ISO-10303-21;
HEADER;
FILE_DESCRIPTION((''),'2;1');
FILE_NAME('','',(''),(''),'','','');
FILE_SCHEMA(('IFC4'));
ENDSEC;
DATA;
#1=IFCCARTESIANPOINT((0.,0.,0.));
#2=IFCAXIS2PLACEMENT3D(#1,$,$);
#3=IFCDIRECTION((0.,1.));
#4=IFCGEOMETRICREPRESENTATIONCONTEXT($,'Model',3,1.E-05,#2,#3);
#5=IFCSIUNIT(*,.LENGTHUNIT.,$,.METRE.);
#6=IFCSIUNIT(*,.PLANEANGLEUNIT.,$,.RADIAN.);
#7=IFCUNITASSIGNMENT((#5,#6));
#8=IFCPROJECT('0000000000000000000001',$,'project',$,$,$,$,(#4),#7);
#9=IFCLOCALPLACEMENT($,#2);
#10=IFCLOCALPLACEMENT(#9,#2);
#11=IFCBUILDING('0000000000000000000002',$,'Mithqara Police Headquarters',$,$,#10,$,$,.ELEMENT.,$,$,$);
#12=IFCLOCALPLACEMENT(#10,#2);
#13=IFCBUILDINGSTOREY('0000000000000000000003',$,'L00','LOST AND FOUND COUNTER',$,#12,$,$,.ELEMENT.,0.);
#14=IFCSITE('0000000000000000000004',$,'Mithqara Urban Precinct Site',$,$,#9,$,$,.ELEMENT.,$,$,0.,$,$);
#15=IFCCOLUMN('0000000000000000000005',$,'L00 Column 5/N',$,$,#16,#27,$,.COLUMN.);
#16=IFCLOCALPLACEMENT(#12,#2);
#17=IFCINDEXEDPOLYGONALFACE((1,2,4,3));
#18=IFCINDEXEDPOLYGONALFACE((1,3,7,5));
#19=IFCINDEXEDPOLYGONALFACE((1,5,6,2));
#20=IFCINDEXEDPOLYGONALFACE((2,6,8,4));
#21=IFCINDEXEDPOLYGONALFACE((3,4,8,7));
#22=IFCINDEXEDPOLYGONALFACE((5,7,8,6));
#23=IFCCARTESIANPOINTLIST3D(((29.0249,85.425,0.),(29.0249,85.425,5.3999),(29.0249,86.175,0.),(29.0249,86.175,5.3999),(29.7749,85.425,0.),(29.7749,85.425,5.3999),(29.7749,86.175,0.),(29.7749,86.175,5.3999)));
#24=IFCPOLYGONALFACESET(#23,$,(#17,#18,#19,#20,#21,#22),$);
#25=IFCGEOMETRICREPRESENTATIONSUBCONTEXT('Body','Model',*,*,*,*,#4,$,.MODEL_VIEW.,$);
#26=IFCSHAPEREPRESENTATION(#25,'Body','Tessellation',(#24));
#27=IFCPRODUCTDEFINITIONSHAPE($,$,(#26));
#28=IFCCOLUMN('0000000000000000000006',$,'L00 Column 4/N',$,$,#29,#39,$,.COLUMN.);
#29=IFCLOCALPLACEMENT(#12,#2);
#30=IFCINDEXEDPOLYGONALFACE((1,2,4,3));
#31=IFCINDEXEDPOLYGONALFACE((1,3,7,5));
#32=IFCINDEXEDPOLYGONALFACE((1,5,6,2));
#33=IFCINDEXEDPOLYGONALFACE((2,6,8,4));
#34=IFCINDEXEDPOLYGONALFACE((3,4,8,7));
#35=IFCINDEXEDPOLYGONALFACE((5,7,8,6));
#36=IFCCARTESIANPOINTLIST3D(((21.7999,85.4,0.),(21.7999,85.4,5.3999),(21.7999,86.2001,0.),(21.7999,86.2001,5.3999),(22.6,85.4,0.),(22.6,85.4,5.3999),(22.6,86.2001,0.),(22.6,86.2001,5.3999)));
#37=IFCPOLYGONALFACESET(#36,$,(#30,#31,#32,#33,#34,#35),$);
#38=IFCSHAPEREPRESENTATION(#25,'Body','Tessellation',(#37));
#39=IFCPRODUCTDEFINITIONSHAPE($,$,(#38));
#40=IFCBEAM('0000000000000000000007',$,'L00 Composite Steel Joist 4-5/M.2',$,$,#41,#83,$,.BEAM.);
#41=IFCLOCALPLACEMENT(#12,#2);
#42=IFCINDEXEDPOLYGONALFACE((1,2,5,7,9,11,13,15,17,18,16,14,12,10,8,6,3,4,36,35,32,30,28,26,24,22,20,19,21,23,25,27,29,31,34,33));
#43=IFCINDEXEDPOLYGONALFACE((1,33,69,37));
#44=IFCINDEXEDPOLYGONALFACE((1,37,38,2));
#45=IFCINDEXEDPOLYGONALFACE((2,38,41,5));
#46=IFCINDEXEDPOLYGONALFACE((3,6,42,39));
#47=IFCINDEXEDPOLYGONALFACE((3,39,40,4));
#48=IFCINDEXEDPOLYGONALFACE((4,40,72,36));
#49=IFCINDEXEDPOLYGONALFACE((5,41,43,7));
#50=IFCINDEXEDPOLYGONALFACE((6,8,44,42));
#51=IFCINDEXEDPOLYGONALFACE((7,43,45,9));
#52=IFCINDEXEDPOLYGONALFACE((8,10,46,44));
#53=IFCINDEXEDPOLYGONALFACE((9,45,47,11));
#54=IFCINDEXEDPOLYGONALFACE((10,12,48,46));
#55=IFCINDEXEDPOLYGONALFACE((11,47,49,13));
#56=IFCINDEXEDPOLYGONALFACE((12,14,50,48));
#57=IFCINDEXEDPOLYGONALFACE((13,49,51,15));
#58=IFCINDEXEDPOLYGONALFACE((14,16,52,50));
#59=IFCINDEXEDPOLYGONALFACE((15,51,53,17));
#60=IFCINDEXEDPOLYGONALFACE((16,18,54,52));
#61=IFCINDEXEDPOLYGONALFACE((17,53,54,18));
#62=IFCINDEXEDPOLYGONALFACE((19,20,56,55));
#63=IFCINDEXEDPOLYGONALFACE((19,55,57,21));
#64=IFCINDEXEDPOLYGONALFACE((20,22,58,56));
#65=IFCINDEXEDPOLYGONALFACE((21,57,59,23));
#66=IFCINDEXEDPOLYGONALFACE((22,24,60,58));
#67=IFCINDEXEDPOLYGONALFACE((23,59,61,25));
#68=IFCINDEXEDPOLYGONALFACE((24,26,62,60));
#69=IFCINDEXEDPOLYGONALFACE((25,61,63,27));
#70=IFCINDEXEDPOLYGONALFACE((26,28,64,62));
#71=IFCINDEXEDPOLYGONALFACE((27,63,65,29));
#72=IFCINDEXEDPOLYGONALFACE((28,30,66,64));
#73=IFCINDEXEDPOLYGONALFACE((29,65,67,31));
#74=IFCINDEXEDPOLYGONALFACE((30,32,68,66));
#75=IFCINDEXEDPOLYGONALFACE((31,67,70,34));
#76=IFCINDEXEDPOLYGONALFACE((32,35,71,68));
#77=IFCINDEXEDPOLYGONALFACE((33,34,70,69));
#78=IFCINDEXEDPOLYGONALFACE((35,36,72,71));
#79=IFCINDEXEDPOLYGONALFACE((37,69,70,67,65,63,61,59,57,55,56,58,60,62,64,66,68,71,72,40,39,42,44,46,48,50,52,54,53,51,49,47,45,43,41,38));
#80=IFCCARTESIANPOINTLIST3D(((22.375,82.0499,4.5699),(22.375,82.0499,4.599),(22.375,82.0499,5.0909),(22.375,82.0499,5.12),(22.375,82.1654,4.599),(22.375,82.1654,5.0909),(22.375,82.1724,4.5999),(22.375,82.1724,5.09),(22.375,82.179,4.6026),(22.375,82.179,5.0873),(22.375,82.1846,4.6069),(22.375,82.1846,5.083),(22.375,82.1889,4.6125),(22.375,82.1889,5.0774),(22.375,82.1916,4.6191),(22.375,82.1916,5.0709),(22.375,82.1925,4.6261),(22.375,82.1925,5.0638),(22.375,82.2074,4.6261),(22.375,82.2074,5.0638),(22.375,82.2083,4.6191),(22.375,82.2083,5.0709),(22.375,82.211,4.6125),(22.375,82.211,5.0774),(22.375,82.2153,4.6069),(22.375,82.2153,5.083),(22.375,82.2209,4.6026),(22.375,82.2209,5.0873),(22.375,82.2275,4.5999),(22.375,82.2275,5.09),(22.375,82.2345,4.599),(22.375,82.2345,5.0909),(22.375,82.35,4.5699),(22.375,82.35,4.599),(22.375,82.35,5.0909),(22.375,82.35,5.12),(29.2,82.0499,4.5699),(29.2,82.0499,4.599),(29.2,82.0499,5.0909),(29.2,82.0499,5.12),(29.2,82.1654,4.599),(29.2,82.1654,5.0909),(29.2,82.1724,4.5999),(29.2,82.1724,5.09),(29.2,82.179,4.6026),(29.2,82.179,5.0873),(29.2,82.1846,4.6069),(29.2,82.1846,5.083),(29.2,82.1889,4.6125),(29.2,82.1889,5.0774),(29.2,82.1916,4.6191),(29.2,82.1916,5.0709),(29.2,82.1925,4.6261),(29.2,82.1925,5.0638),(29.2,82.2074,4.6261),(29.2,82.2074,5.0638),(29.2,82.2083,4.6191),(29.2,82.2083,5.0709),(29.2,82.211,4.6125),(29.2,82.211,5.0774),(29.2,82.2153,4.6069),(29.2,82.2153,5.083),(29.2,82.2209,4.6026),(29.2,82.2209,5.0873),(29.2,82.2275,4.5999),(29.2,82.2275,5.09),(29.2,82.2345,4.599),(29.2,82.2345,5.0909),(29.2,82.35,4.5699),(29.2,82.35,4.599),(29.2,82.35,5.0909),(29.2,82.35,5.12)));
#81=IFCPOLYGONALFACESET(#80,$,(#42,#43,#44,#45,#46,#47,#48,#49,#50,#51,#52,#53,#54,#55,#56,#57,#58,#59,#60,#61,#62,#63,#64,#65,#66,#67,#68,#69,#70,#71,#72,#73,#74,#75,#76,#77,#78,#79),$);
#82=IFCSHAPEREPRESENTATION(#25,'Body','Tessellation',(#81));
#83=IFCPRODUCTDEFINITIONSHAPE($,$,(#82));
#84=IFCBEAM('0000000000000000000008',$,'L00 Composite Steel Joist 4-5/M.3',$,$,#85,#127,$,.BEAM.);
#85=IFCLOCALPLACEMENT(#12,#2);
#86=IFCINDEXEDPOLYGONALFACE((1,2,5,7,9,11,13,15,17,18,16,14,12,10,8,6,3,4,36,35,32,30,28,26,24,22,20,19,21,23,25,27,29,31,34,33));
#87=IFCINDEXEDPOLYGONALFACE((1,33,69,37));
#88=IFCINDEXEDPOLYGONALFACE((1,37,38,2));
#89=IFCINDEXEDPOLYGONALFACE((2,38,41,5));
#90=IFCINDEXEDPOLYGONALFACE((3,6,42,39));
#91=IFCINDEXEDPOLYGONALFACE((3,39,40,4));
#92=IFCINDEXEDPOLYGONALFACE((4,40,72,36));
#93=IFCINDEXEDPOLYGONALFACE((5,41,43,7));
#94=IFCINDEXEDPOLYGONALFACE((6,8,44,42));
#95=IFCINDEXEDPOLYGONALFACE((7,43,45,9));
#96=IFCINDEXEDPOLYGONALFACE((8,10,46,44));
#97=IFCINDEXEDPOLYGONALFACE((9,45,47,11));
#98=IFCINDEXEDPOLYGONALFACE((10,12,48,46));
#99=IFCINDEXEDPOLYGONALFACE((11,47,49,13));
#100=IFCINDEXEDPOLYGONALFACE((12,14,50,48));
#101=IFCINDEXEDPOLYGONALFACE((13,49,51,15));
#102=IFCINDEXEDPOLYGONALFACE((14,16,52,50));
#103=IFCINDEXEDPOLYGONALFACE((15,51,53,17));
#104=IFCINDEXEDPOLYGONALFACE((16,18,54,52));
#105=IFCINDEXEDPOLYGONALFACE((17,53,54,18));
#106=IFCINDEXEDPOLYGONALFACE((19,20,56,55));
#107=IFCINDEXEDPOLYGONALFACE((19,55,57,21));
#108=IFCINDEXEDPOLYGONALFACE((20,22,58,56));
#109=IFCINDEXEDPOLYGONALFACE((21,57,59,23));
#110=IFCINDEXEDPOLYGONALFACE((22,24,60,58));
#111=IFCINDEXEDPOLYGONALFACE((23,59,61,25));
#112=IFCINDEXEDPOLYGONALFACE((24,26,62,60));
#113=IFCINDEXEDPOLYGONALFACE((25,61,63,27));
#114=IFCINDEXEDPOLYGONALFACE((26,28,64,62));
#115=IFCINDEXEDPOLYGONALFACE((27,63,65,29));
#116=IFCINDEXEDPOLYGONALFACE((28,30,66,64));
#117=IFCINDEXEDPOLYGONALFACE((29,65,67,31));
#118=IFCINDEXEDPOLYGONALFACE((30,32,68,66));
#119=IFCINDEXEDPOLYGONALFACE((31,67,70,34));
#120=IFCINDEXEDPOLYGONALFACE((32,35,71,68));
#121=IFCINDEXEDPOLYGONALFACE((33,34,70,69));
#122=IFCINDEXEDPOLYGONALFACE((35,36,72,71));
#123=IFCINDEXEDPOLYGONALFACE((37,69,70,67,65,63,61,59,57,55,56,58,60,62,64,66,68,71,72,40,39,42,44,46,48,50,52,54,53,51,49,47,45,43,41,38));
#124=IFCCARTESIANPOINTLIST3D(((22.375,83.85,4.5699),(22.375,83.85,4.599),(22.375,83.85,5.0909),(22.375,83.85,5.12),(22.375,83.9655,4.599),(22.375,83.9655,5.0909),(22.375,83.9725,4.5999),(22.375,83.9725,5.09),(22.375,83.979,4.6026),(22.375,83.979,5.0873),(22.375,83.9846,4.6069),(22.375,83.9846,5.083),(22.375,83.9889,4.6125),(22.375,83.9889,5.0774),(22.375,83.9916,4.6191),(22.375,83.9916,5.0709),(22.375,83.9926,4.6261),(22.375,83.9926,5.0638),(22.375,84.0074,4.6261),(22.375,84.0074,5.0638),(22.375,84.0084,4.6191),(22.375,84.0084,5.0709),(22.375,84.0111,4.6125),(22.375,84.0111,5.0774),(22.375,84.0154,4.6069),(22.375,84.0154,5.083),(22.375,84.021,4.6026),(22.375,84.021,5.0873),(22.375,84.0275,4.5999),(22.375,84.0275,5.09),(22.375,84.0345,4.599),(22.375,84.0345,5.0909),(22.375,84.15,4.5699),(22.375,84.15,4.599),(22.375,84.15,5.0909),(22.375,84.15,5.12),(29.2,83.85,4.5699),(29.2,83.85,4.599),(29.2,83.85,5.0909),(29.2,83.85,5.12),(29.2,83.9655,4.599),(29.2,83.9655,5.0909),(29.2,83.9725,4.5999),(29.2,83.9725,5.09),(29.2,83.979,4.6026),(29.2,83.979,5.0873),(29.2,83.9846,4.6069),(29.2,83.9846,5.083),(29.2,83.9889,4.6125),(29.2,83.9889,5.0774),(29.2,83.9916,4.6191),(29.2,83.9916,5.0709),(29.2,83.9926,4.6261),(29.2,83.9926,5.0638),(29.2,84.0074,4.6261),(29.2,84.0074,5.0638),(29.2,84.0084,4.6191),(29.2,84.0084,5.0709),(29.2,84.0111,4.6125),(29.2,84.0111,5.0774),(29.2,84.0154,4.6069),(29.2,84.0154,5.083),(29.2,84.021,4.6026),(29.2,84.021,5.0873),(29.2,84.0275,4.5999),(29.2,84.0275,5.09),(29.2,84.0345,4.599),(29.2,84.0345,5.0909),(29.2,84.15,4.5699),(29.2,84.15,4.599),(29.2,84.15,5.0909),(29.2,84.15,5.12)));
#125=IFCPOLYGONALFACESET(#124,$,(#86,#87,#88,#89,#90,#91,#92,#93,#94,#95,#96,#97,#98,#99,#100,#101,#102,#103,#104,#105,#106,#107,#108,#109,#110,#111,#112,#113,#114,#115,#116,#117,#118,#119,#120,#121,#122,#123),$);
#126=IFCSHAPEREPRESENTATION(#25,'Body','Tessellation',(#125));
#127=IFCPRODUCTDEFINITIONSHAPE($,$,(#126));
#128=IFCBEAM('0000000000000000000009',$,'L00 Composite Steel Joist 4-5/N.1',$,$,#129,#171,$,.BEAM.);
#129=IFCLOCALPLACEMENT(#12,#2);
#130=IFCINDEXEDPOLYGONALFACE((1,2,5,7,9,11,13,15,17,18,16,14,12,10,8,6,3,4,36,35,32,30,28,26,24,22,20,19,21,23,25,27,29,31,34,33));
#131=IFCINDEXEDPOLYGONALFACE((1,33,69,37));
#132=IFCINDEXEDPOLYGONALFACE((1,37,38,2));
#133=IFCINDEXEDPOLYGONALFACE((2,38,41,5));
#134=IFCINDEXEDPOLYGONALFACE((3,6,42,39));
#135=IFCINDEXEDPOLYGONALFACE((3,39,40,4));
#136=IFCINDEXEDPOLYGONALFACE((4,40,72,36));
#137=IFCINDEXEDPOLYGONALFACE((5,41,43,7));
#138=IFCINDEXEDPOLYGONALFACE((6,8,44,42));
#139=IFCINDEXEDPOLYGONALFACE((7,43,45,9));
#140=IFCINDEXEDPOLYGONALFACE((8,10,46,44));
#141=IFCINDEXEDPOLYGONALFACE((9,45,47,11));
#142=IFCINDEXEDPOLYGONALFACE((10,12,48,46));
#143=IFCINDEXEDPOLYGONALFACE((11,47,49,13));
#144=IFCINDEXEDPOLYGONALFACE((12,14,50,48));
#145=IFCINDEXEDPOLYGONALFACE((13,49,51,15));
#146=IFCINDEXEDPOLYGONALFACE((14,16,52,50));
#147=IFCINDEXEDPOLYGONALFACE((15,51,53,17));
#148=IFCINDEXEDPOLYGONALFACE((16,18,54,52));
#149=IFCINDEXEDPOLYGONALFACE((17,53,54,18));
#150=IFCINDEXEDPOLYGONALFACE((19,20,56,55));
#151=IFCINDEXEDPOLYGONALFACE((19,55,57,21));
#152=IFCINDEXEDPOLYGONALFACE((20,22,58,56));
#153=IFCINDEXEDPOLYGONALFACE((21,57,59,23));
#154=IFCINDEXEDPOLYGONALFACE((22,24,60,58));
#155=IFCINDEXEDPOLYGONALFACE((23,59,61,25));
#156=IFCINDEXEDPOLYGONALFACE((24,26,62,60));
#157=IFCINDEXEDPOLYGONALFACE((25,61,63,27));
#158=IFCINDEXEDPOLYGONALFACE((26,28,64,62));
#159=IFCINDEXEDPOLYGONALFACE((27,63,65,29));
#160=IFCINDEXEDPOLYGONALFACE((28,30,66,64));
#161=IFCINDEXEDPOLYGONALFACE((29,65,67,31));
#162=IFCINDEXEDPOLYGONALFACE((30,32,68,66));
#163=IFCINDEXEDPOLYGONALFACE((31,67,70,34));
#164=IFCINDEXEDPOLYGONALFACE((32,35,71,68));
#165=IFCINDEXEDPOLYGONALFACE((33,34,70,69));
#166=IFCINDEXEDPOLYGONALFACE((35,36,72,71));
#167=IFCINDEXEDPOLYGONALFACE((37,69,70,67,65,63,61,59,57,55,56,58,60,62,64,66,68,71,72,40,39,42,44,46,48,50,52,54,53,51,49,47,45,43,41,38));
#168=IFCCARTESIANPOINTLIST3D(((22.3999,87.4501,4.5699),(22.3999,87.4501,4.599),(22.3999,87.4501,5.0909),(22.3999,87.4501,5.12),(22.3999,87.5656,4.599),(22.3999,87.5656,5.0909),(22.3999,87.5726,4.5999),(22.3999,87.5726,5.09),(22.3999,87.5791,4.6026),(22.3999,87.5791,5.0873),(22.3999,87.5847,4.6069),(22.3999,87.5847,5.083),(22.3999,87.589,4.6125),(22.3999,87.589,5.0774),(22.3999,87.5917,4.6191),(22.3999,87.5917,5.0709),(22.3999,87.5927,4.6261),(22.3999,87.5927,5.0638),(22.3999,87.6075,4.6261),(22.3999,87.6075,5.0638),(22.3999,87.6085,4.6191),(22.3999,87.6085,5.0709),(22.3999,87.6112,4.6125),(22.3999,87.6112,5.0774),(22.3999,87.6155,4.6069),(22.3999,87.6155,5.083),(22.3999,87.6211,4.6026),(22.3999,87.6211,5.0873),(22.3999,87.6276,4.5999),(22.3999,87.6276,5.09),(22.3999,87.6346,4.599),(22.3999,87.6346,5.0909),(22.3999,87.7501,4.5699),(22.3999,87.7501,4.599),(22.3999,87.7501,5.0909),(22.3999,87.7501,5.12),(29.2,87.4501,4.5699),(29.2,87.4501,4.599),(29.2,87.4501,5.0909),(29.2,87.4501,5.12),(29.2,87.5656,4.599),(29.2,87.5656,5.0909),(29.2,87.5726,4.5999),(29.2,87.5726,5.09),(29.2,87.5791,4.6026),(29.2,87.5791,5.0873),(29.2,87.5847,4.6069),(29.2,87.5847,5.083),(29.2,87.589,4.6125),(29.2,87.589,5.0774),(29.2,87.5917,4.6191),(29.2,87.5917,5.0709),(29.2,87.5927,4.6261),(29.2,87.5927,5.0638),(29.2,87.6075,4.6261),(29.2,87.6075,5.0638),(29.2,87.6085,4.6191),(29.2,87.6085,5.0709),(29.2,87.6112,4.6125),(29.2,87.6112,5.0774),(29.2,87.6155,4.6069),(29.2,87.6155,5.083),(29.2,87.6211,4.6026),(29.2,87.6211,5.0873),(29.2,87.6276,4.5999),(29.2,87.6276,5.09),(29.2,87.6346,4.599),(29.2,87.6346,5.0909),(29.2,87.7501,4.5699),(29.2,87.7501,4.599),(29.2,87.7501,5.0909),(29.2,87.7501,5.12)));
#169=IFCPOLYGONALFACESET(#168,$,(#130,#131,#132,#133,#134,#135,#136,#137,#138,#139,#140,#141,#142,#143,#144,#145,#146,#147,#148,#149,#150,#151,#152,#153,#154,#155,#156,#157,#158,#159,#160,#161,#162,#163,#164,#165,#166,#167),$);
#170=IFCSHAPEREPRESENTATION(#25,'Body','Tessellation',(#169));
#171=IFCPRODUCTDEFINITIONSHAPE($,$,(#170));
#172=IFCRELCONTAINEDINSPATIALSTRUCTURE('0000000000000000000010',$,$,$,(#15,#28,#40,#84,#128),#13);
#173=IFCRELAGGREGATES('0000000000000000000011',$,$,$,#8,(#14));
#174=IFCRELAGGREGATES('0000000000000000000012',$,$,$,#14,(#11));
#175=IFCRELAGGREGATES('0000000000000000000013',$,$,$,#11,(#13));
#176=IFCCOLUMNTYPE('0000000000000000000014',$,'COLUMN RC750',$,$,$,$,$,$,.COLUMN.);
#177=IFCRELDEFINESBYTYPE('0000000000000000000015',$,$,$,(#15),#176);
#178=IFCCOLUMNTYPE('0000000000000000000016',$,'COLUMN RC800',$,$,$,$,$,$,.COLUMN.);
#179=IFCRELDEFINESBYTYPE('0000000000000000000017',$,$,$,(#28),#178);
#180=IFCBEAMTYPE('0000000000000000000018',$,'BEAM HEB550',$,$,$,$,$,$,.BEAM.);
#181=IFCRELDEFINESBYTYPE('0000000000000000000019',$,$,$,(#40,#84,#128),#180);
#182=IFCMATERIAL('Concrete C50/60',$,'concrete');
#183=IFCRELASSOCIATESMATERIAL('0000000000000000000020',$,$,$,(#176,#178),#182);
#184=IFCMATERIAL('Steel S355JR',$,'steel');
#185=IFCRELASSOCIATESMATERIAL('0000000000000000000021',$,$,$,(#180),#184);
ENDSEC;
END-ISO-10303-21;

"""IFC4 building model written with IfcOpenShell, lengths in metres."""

from ifc_helpers import new_model, si_unit, direction, frame, origin, origin_2d, place, context, subcontext, project, spatial, rectangle, i_section, extrude, material, material_profile, profile_set, type_object, element, save


model = new_model("IFC4")

# Units and contexts
model_context = context("Model", 3, precision=1e-05, world=origin(), true_north=direction((0.0, 1.0)))
body_context = subcontext(model_context, "Body", "Model", "MODEL_VIEW")
ifc_project = project(units=[si_unit("LENGTHUNIT", "METRE"), si_unit("PLANEANGLEUNIT", "RADIAN")], contexts=[model_context])

# Site, building, storey
site_placement = place(None, origin())
site = spatial("IfcSite", under=ifc_project, at=site_placement, Name="Mithqara Urban Precinct Site", CompositionType="ELEMENT", RefElevation=0.0)
building_placement = place(site_placement, origin())
building = spatial("IfcBuilding", under=site, at=building_placement, Name="Mithqara Police Headquarters", CompositionType="ELEMENT")
storey_placement = place(building_placement, origin())
storey = spatial("IfcBuildingStorey", under=building, at=storey_placement, Name="L00", Description="LOST AND FOUND COUNTER", CompositionType="ELEMENT", Elevation=0.0)

# Columns
ifc_material_1 = material(Name="Concrete C50/60", Category="concrete")
ifc_material_profile_1 = material_profile(ifc_material_1, rectangle(XDim=0.75, YDim=0.75, at=origin_2d()), Name="RC 750x750")
ifc_profile_set_1 = profile_set([ifc_material_profile_1], Name="Concrete C50/60")
column_type_1 = type_object("IfcColumnType", Name="COLUMN RC750", PredefinedType="COLUMN", material=ifc_profile_set_1)
column_1_placement = place(storey_placement, frame((29.3999, 85.8, 0.0), z_axis=(0.0, 0.0, 1.0), x_axis=(1.0, 0.0, 0.0)))
element("IfcColumn", 1, at=column_1_placement, inside=storey, type_object=column_type_1, Name="L00 Column 5/N", PredefinedType="COLUMN", context=body_context, shape_type="SweptSolid", body=[
    extrude(rectangle(XDim=0.75, YDim=0.75, at=origin_2d()), origin(), (0.0, 0.0, 1.0), 5.3999),
])
ifc_material_profile_2 = material_profile(ifc_material_1, rectangle(XDim=0.8, YDim=0.8, at=origin_2d()), Name="RC 800x800")
ifc_profile_set_2 = profile_set([ifc_material_profile_2], Name="Concrete C50/60")
column_type_2 = type_object("IfcColumnType", Name="COLUMN RC800", PredefinedType="COLUMN", material=ifc_profile_set_2)
column_2_placement = place(storey_placement, frame((22.2, 85.8, 0.0), z_axis=(0.0, 0.0, 1.0), x_axis=(1.0, 0.0, 0.0)))
element("IfcColumn", 2, at=column_2_placement, inside=storey, type_object=column_type_2, Name="L00 Column 4/N", PredefinedType="COLUMN", context=body_context, shape_type="SweptSolid", body=[
    extrude(rectangle(XDim=0.8, YDim=0.8, at=origin_2d()), origin(), (0.0, 0.0, 1.0), 5.3999),
])

# Beams
ifc_material_2 = material(Name="Steel S355JR", Category="steel")
ifc_material_profile_3 = material_profile(ifc_material_2, i_section(OverallWidth=0.3, OverallDepth=0.55, WebThickness=0.0149, FlangeThickness=0.0291, FilletRadius=0.0271, at=origin_2d()), Name="HEB 550")
ifc_profile_set_3 = profile_set([ifc_material_profile_3], Name="Steel S355JR")
beam_type_1 = type_object("IfcBeamType", Name="BEAM HEB550", PredefinedType="BEAM", material=ifc_profile_set_3)
for number, where, z_axis, x_axis, name in (
    (3, (22.375, 82.2, 4.845), (1.0, 0.0, 0.0), (0.0, 1.0, 0.0), "L00 Composite Steel Joist 4-5/M.2"),
    (4, (22.375, 84.0, 4.845), (1.0, 0.0, 0.0), (0.0, 1.0, 0.0), "L00 Composite Steel Joist 4-5/M.3"),
):
    element("IfcBeam", number, at=place(storey_placement, frame(where, z_axis=z_axis, x_axis=x_axis)), inside=storey, type_object=beam_type_1, Name=name, PredefinedType="BEAM", context=body_context, shape_type="SweptSolid", body=[
        extrude(i_section(OverallWidth=0.3, OverallDepth=0.55, WebThickness=0.0149, FlangeThickness=0.0291, FilletRadius=0.0271, at=origin_2d()), origin(), (0.0, 0.0, 1.0), 6.825),
    ])
for number, where, z_axis, x_axis, name in (
    (5, (22.3999, 87.6001, 4.845), (1.0, 0.0, 0.0), (0.0, 1.0, 0.0), "L00 Composite Steel Joist 4-5/N.1"),
):
    element("IfcBeam", number, at=place(storey_placement, frame(where, z_axis=z_axis, x_axis=x_axis)), inside=storey, type_object=beam_type_1, Name=name, PredefinedType="BEAM", context=body_context, shape_type="SweptSolid", body=[
        extrude(i_section(OverallWidth=0.3, OverallDepth=0.55, WebThickness=0.0149, FlangeThickness=0.0291, FilletRadius=0.0271, at=origin_2d()), origin(), (0.0, 0.0, 1.0), 6.8),
    ])

save(model, "model.ifc")
